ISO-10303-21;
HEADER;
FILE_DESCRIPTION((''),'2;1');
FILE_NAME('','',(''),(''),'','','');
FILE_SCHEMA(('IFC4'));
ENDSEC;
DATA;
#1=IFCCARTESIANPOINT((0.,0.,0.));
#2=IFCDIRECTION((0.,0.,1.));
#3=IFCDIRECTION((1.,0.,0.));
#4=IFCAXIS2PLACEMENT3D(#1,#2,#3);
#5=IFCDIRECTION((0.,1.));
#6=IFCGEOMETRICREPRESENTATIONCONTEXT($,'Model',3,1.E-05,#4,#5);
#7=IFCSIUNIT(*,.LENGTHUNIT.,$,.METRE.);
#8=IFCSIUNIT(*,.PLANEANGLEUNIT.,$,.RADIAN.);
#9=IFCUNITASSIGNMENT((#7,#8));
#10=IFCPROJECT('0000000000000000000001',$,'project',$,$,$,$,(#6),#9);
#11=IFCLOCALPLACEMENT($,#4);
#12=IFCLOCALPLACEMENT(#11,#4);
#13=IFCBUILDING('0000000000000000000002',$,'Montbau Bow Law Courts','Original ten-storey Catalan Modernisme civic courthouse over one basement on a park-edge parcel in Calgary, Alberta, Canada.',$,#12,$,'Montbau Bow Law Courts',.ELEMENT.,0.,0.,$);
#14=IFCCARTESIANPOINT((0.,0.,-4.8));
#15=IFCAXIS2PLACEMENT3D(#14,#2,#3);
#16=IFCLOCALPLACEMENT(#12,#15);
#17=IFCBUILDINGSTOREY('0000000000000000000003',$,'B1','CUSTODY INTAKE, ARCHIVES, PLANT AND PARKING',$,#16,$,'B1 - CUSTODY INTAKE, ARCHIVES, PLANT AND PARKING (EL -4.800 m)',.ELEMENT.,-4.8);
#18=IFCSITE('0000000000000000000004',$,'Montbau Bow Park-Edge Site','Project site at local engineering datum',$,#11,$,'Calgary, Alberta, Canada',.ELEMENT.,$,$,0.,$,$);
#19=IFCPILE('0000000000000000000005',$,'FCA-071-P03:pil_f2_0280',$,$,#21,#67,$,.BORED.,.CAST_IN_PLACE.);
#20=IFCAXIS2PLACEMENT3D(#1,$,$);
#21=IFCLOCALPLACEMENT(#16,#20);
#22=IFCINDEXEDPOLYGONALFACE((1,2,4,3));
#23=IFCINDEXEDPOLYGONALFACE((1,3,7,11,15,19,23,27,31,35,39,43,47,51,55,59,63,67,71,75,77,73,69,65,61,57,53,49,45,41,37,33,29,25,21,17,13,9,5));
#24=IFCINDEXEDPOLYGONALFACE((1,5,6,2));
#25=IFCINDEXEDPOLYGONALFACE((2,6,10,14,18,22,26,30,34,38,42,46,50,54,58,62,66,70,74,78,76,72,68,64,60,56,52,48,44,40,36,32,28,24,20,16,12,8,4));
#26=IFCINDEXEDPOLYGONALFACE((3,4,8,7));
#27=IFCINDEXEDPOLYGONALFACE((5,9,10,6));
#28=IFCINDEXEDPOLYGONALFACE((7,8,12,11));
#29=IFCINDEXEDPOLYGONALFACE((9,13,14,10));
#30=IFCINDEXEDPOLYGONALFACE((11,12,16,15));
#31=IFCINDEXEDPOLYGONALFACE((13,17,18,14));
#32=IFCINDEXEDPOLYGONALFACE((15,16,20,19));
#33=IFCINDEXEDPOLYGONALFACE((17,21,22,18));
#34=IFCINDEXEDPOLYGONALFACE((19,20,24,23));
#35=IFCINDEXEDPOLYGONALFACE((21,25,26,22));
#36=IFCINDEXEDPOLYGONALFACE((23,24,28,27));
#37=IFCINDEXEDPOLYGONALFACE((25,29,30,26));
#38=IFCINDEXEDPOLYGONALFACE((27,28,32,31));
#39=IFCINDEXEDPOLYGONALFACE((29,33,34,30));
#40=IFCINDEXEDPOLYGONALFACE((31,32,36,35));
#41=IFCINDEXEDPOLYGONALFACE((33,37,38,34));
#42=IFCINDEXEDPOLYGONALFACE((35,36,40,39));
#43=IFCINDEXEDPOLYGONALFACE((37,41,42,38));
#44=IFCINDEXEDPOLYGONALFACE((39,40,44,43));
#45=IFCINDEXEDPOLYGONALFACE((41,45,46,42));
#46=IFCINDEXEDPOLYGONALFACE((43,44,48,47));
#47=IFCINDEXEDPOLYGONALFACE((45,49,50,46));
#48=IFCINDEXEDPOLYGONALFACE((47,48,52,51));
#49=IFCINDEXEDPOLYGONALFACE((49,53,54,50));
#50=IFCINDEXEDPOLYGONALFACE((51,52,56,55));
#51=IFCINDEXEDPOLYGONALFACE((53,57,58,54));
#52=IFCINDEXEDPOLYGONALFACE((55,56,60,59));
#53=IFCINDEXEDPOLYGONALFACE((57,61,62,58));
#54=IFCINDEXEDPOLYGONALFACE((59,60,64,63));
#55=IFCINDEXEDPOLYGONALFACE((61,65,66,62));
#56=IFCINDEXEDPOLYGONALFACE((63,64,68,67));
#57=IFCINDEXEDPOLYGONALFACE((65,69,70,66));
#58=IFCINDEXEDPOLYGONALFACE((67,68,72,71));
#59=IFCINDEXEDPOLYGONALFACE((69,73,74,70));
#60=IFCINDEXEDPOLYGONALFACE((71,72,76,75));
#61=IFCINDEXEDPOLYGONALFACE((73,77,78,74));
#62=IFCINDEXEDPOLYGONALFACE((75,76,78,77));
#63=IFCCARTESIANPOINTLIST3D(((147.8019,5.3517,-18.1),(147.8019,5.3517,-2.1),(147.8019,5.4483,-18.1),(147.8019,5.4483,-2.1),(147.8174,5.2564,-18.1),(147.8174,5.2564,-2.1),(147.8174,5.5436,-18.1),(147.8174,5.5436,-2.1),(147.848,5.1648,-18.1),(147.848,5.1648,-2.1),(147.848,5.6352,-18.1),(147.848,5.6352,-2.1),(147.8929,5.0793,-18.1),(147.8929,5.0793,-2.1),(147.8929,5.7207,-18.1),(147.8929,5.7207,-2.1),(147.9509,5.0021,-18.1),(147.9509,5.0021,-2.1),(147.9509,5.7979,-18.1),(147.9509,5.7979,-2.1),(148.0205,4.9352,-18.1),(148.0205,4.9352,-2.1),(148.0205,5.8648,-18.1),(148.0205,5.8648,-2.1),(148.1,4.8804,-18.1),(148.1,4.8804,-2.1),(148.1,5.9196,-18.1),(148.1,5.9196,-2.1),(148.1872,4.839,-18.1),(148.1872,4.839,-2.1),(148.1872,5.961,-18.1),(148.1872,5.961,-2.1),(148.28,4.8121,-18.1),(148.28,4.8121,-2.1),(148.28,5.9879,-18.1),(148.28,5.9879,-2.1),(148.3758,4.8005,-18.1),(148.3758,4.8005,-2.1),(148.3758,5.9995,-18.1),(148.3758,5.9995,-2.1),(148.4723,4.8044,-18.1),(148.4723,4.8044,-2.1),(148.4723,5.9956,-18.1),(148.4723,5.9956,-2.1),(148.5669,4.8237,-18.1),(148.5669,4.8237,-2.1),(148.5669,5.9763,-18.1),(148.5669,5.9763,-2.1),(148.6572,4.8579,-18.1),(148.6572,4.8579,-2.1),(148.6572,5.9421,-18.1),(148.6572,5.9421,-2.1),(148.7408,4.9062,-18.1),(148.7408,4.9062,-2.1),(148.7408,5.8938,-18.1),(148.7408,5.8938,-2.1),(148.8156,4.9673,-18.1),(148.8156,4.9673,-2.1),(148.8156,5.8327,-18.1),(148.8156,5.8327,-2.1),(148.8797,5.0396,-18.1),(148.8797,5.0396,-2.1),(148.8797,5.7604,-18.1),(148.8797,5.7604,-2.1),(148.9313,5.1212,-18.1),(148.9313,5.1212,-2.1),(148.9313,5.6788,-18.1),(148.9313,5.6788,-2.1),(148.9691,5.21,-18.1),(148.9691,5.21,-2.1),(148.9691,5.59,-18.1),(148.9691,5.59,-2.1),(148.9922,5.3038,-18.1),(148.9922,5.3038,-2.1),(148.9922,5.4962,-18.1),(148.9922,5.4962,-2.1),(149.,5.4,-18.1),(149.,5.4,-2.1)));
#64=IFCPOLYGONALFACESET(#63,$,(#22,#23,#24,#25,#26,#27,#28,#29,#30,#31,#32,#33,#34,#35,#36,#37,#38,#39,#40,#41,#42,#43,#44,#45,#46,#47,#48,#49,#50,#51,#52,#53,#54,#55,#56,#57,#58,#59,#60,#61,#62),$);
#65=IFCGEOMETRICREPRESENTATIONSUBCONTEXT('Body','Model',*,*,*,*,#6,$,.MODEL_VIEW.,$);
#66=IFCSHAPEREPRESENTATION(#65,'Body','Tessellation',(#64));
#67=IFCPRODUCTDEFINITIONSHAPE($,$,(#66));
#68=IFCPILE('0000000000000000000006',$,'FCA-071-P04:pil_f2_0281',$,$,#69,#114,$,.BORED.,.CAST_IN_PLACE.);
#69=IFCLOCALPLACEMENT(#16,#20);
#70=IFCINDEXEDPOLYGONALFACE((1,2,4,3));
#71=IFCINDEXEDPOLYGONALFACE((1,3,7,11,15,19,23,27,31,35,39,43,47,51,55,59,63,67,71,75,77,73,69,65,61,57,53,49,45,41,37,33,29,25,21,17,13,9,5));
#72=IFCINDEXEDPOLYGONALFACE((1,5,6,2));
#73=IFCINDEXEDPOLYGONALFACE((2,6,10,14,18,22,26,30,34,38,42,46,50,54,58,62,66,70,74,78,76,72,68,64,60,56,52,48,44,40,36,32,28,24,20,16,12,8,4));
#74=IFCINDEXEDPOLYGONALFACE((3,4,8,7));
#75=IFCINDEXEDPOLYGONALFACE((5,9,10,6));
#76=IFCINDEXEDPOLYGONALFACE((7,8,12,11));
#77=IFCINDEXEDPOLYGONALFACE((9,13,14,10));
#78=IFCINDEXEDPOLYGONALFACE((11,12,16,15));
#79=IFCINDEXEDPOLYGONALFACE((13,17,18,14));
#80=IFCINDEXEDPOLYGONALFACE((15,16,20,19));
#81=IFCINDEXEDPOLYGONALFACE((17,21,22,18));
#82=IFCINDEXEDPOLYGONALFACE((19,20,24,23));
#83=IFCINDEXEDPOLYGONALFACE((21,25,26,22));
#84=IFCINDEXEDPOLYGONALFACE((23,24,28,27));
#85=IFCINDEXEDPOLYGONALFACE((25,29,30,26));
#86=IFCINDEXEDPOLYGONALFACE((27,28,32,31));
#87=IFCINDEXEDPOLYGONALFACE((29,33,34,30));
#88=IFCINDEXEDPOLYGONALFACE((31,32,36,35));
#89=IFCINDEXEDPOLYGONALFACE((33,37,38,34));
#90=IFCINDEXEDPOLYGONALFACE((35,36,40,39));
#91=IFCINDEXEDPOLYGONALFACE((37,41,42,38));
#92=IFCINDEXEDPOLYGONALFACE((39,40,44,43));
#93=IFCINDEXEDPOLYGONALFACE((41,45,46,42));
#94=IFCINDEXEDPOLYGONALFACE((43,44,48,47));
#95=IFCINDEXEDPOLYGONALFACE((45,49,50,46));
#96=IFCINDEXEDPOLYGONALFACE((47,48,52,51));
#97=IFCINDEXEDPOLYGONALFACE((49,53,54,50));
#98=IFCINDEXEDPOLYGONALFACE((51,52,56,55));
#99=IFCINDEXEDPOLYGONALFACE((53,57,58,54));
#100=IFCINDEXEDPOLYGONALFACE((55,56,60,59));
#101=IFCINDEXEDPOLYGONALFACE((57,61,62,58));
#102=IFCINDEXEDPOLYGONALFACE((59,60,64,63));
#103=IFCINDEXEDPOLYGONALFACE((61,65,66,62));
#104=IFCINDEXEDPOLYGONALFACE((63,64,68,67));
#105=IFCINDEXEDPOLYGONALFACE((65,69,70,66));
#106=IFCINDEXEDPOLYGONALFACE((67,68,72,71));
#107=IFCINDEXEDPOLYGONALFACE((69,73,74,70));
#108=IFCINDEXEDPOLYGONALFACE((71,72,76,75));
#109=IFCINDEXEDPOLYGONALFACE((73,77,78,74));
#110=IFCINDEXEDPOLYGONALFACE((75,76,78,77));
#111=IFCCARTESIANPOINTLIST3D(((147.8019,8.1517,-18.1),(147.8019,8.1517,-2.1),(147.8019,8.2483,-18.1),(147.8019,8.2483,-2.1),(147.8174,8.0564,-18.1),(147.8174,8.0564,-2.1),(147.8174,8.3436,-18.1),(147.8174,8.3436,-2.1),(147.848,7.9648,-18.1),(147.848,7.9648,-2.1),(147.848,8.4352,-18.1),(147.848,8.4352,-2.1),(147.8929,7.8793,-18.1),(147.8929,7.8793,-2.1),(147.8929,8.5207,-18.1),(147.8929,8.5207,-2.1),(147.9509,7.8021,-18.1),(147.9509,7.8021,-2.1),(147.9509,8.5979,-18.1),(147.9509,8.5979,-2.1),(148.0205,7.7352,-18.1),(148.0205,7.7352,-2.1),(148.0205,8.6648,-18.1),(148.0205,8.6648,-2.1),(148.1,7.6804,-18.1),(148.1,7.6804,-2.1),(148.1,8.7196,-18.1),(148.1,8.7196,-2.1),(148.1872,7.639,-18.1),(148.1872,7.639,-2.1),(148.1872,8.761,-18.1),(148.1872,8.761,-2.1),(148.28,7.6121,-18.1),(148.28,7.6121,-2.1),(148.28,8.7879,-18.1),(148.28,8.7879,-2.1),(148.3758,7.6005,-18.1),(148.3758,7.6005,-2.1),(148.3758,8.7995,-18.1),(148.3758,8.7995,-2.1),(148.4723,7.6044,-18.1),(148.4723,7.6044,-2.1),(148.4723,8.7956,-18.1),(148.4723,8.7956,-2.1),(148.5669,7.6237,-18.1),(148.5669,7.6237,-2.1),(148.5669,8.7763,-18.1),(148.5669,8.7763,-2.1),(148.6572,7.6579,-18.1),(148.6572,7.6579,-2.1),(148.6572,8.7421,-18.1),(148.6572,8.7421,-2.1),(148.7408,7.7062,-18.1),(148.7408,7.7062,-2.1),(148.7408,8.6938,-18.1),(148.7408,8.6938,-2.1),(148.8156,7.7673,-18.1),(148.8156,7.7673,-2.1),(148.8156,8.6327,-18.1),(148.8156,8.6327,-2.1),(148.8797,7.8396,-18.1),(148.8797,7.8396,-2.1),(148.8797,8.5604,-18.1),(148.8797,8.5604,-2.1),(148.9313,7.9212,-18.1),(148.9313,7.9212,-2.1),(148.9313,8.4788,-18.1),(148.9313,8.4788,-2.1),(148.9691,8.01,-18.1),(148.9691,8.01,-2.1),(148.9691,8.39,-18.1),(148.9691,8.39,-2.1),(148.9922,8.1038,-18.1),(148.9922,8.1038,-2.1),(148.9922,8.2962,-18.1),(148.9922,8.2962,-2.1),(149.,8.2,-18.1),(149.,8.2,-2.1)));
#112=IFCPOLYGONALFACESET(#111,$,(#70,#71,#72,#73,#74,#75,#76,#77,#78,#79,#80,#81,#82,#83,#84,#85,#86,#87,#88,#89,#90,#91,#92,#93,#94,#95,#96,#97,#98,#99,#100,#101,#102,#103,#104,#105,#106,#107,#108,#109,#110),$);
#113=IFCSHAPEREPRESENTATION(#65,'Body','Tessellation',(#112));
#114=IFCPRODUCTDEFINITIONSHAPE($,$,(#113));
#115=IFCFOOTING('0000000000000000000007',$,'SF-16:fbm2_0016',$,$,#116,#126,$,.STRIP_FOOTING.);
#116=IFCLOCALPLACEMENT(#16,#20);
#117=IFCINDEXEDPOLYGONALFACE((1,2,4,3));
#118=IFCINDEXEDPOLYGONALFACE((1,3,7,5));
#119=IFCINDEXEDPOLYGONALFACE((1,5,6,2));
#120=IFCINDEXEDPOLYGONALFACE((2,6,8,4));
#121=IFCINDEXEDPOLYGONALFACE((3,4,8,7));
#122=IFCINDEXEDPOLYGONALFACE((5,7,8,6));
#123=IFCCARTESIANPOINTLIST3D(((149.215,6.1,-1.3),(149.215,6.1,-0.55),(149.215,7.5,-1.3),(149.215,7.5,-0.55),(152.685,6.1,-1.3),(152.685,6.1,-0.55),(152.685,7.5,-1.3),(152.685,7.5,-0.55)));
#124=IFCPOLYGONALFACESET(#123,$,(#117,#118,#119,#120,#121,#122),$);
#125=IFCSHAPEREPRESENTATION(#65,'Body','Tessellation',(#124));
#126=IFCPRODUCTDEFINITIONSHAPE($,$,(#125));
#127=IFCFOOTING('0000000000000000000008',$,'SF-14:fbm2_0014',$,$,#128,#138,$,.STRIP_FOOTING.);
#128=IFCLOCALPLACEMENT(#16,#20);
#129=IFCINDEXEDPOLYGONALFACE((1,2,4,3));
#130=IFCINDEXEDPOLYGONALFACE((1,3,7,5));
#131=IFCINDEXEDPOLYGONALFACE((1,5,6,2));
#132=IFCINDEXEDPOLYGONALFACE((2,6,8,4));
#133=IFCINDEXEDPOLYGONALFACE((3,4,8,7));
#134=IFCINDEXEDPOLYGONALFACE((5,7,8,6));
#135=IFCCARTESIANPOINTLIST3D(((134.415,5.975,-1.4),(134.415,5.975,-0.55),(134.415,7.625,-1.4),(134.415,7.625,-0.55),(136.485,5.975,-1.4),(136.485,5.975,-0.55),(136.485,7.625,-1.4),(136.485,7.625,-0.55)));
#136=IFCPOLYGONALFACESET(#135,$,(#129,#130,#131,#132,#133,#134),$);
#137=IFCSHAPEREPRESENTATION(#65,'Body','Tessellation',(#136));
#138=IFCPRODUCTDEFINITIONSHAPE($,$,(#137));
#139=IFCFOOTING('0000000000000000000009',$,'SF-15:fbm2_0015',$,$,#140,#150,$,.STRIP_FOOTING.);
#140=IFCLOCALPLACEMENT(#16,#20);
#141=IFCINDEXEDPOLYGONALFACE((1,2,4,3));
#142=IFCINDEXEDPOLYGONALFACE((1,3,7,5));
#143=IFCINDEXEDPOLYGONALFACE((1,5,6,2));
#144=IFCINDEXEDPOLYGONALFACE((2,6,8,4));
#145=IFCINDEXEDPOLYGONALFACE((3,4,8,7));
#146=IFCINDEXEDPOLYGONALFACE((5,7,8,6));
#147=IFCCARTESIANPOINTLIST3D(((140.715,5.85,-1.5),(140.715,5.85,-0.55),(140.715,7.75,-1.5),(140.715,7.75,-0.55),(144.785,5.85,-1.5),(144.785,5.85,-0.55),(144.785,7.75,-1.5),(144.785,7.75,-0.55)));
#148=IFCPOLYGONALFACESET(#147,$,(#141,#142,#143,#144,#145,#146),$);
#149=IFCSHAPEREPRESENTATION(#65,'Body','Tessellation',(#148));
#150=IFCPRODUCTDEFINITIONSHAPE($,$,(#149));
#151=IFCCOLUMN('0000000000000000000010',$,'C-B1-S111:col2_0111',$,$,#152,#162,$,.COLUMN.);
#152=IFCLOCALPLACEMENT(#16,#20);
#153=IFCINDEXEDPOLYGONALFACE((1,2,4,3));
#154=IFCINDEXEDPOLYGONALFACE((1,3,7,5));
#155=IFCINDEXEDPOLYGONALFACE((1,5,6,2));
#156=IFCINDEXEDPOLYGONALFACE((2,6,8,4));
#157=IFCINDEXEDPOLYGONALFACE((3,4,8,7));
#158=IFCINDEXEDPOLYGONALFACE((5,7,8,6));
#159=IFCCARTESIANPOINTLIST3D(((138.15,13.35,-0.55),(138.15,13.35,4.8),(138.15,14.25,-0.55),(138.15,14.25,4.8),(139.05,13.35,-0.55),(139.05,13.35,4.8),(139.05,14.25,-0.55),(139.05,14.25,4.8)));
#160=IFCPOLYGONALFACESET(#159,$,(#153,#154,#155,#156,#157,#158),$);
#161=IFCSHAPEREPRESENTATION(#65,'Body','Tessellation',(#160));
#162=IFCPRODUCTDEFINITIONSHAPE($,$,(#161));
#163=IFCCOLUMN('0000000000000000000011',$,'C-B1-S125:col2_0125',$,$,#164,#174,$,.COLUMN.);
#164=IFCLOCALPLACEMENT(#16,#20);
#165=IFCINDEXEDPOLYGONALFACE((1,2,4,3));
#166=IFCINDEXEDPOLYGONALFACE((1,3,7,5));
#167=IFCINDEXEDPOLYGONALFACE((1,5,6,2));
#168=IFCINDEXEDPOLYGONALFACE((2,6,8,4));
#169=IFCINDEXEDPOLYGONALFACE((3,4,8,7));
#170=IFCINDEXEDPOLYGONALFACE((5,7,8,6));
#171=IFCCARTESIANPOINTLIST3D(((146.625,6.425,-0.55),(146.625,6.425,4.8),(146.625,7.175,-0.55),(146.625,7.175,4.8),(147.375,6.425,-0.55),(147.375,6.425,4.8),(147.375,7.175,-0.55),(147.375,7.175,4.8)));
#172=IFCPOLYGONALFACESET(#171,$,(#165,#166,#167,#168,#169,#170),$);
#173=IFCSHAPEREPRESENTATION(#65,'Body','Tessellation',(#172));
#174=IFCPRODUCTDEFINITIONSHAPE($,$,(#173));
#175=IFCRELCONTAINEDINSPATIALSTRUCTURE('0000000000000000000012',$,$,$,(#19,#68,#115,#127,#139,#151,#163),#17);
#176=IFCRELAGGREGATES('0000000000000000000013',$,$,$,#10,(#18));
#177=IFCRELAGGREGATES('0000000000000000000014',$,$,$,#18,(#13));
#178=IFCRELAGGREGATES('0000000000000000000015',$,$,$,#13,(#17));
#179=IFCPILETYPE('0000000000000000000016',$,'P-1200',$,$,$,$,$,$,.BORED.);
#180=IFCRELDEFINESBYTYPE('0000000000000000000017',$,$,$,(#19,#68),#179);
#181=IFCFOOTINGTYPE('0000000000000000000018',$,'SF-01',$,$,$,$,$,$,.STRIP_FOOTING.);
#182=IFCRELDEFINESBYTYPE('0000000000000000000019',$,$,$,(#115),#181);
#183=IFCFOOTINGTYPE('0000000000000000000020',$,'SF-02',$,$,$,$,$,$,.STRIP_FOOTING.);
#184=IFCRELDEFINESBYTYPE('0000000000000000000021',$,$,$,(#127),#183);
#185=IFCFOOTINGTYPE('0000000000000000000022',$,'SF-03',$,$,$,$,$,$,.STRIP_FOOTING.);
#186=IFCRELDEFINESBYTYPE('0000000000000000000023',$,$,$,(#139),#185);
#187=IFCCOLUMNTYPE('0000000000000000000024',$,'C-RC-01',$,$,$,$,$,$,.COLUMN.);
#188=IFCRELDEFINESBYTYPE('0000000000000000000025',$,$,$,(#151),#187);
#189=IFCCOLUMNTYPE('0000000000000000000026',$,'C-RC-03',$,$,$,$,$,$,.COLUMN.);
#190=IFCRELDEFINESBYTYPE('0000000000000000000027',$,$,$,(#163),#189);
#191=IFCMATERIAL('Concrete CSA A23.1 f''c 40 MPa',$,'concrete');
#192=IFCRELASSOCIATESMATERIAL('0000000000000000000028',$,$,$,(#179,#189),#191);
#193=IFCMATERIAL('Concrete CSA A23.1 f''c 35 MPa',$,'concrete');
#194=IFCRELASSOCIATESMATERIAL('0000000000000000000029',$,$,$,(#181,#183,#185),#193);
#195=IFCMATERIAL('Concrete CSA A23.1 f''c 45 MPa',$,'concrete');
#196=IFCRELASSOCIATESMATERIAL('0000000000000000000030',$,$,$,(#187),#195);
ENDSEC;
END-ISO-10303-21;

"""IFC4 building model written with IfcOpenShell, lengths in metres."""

from ifc_helpers import new_model, si_unit, direction, frame, origin_with_axes, origin_2d_with_axis, place, context, subcontext, project, spatial, rectangle, circle, extrude, material, material_profile, profile_set, type_object, element, save


model = new_model("IFC4")

# Units and contexts
model_context = context("Model", 3, precision=1e-05, world=origin_with_axes(), true_north=direction((0.0, 1.0)))
body_context = subcontext(model_context, "Body", "Model", "MODEL_VIEW")
ifc_project = project(units=[si_unit("LENGTHUNIT", "METRE"), si_unit("PLANEANGLEUNIT", "RADIAN")], contexts=[model_context])

# Site, building, storey
site_placement = place(None, origin_with_axes())
site = spatial("IfcSite", under=ifc_project, at=site_placement, Name="Montbau Bow Park-Edge Site", Description="Project site at local engineering datum", LongName="Calgary, Alberta, Canada", CompositionType="ELEMENT", RefElevation=0.0)
building_placement = place(site_placement, origin_with_axes())
building = spatial("IfcBuilding", under=site, at=building_placement, Name="Montbau Bow Law Courts", Description="Original ten-storey Catalan Modernisme civic courthouse over one basement on a park-edge parcel in Calgary, Alberta, Canada.", LongName="Montbau Bow Law Courts", CompositionType="ELEMENT", ElevationOfRefHeight=0.0, ElevationOfTerrain=0.0)
storey_placement = place(building_placement, frame((0.0, 0.0, -4.8), z_axis=(0.0, 0.0, 1.0), x_axis=(1.0, 0.0, 0.0)))
storey = spatial("IfcBuildingStorey", under=building, at=storey_placement, Name="B1", Description="CUSTODY INTAKE, ARCHIVES, PLANT AND PARKING", LongName="B1 - CUSTODY INTAKE, ARCHIVES, PLANT AND PARKING (EL -4.800 m)", CompositionType="ELEMENT", Elevation=-4.8)

# Shared definitions
ifc_material_1 = material(Name="Concrete CSA A23.1 f'c 35 MPa", Category="concrete")

# Piles
ifc_material_2 = material(Name="Concrete CSA A23.1 f'c 40 MPa", Category="concrete")
ifc_material_profile_1 = material_profile(ifc_material_2, circle(Radius=0.6, at=origin_2d_with_axis()), Name="BP1200", Category="Main", Priority=0)
ifc_profile_set_1 = profile_set([ifc_material_profile_1], Name="Concrete CSA A23.1 f'c 40 MPa")
pile_type_1 = type_object("IfcPileType", Name="P-1200", PredefinedType="BORED", material=ifc_profile_set_1)
for number, where, z_axis, x_axis, name in (
    (1, (148.4, 5.4, -22.9), (0.0, 0.0, 1.0), (1.0, 0.0, 0.0), "FCA-071-P03:pil_f2_0280"),
    (2, (148.4, 8.2, -22.9), (0.0, 0.0, 1.0), (1.0, 0.0, 0.0), "FCA-071-P04:pil_f2_0281"),
):
    element("IfcPile", number, at=place(None, frame(where, z_axis=z_axis, x_axis=x_axis)), inside=storey, type_object=pile_type_1, Name=name, ConstructionType="CAST_IN_PLACE", PredefinedType="BORED", context=body_context, shape_type="SweptSolid", body=[
        extrude(circle(Radius=0.6, at=origin_2d_with_axis()), origin_with_axes(), (0.0, 0.0, 1.0), 16.0),
    ])

# Footings
footing_type_1 = type_object("IfcFootingType", Name="SF-01", PredefinedType="STRIP_FOOTING", material=ifc_material_1)
footing_1_placement = place(None, frame((150.95, 6.8, -6.1), z_axis=(0.0, 0.0, 1.0), x_axis=(1.0, 0.0, 0.0)))
element("IfcFooting", 3, at=footing_1_placement, inside=storey, type_object=footing_type_1, Name="SF-16:fbm2_0016", PredefinedType="STRIP_FOOTING", context=body_context, shape_type="SweptSolid", body=[
    extrude(rectangle(XDim=3.47, YDim=1.4, at=origin_2d_with_axis()), origin_with_axes(), (0.0, 0.0, 1.0), 0.75),
])
footing_type_2 = type_object("IfcFootingType", Name="SF-02", PredefinedType="STRIP_FOOTING", material=ifc_material_1)
footing_2_placement = place(None, frame((135.45, 6.8, -6.2), z_axis=(0.0, 0.0, 1.0), x_axis=(1.0, 0.0, 0.0)))
element("IfcFooting", 4, at=footing_2_placement, inside=storey, type_object=footing_type_2, Name="SF-14:fbm2_0014", PredefinedType="STRIP_FOOTING", context=body_context, shape_type="SweptSolid", body=[
    extrude(rectangle(XDim=2.07, YDim=1.65, at=origin_2d_with_axis()), origin_with_axes(), (0.0, 0.0, 1.0), 0.85),
])
footing_type_3 = type_object("IfcFootingType", Name="SF-03", PredefinedType="STRIP_FOOTING", material=ifc_material_1)
footing_3_placement = place(None, frame((142.75, 6.8, -6.3), z_axis=(0.0, 0.0, 1.0), x_axis=(1.0, 0.0, 0.0)))
element("IfcFooting", 5, at=footing_3_placement, inside=storey, type_object=footing_type_3, Name="SF-15:fbm2_0015", PredefinedType="STRIP_FOOTING", context=body_context, shape_type="SweptSolid", body=[
    extrude(rectangle(XDim=4.07, YDim=1.9, at=origin_2d_with_axis()), origin_with_axes(), (0.0, 0.0, 1.0), 0.95),
])

# Columns
ifc_material_3 = material(Name="Concrete CSA A23.1 f'c 45 MPa", Category="concrete")
ifc_material_profile_2 = material_profile(ifc_material_3, rectangle(XDim=0.9, YDim=0.9, at=origin_2d_with_axis()), Name="RC900X900", Category="Main", Priority=0)
ifc_profile_set_2 = profile_set([ifc_material_profile_2], Name="Concrete CSA A23.1 f'c 45 MPa")
column_type_1 = type_object("IfcColumnType", Name="C-RC-01", PredefinedType="COLUMN", material=ifc_profile_set_2)
column_1_placement = place(None, frame((138.6, 13.8, -5.35), z_axis=(0.0, 0.0, 1.0), x_axis=(1.0, 0.0, 0.0)))
element("IfcColumn", 6, at=column_1_placement, inside=storey, type_object=column_type_1, Name="C-B1-S111:col2_0111", PredefinedType="COLUMN", context=body_context, shape_type="SweptSolid", body=[
    extrude(rectangle(XDim=0.9, YDim=0.9, at=origin_2d_with_axis()), origin_with_axes(), (0.0, 0.0, 1.0), 5.35),
])
ifc_material_profile_3 = material_profile(ifc_material_2, rectangle(XDim=0.75, YDim=0.75, at=origin_2d_with_axis()), Name="RC750X750", Category="Main", Priority=0)
ifc_profile_set_3 = profile_set([ifc_material_profile_3], Name="Concrete CSA A23.1 f'c 40 MPa")
column_type_2 = type_object("IfcColumnType", Name="C-RC-03", PredefinedType="COLUMN", material=ifc_profile_set_3)
column_2_placement = place(None, frame((147.0, 6.8, -5.35), z_axis=(0.0, 0.0, 1.0), x_axis=(1.0, 0.0, 0.0)))
element("IfcColumn", 7, at=column_2_placement, inside=storey, type_object=column_type_2, Name="C-B1-S125:col2_0125", PredefinedType="COLUMN", context=body_context, shape_type="SweptSolid", body=[
    extrude(rectangle(XDim=0.75, YDim=0.75, at=origin_2d_with_axis()), origin_with_axes(), (0.0, 0.0, 1.0), 5.35),
])

save(model, "model.ifc")
